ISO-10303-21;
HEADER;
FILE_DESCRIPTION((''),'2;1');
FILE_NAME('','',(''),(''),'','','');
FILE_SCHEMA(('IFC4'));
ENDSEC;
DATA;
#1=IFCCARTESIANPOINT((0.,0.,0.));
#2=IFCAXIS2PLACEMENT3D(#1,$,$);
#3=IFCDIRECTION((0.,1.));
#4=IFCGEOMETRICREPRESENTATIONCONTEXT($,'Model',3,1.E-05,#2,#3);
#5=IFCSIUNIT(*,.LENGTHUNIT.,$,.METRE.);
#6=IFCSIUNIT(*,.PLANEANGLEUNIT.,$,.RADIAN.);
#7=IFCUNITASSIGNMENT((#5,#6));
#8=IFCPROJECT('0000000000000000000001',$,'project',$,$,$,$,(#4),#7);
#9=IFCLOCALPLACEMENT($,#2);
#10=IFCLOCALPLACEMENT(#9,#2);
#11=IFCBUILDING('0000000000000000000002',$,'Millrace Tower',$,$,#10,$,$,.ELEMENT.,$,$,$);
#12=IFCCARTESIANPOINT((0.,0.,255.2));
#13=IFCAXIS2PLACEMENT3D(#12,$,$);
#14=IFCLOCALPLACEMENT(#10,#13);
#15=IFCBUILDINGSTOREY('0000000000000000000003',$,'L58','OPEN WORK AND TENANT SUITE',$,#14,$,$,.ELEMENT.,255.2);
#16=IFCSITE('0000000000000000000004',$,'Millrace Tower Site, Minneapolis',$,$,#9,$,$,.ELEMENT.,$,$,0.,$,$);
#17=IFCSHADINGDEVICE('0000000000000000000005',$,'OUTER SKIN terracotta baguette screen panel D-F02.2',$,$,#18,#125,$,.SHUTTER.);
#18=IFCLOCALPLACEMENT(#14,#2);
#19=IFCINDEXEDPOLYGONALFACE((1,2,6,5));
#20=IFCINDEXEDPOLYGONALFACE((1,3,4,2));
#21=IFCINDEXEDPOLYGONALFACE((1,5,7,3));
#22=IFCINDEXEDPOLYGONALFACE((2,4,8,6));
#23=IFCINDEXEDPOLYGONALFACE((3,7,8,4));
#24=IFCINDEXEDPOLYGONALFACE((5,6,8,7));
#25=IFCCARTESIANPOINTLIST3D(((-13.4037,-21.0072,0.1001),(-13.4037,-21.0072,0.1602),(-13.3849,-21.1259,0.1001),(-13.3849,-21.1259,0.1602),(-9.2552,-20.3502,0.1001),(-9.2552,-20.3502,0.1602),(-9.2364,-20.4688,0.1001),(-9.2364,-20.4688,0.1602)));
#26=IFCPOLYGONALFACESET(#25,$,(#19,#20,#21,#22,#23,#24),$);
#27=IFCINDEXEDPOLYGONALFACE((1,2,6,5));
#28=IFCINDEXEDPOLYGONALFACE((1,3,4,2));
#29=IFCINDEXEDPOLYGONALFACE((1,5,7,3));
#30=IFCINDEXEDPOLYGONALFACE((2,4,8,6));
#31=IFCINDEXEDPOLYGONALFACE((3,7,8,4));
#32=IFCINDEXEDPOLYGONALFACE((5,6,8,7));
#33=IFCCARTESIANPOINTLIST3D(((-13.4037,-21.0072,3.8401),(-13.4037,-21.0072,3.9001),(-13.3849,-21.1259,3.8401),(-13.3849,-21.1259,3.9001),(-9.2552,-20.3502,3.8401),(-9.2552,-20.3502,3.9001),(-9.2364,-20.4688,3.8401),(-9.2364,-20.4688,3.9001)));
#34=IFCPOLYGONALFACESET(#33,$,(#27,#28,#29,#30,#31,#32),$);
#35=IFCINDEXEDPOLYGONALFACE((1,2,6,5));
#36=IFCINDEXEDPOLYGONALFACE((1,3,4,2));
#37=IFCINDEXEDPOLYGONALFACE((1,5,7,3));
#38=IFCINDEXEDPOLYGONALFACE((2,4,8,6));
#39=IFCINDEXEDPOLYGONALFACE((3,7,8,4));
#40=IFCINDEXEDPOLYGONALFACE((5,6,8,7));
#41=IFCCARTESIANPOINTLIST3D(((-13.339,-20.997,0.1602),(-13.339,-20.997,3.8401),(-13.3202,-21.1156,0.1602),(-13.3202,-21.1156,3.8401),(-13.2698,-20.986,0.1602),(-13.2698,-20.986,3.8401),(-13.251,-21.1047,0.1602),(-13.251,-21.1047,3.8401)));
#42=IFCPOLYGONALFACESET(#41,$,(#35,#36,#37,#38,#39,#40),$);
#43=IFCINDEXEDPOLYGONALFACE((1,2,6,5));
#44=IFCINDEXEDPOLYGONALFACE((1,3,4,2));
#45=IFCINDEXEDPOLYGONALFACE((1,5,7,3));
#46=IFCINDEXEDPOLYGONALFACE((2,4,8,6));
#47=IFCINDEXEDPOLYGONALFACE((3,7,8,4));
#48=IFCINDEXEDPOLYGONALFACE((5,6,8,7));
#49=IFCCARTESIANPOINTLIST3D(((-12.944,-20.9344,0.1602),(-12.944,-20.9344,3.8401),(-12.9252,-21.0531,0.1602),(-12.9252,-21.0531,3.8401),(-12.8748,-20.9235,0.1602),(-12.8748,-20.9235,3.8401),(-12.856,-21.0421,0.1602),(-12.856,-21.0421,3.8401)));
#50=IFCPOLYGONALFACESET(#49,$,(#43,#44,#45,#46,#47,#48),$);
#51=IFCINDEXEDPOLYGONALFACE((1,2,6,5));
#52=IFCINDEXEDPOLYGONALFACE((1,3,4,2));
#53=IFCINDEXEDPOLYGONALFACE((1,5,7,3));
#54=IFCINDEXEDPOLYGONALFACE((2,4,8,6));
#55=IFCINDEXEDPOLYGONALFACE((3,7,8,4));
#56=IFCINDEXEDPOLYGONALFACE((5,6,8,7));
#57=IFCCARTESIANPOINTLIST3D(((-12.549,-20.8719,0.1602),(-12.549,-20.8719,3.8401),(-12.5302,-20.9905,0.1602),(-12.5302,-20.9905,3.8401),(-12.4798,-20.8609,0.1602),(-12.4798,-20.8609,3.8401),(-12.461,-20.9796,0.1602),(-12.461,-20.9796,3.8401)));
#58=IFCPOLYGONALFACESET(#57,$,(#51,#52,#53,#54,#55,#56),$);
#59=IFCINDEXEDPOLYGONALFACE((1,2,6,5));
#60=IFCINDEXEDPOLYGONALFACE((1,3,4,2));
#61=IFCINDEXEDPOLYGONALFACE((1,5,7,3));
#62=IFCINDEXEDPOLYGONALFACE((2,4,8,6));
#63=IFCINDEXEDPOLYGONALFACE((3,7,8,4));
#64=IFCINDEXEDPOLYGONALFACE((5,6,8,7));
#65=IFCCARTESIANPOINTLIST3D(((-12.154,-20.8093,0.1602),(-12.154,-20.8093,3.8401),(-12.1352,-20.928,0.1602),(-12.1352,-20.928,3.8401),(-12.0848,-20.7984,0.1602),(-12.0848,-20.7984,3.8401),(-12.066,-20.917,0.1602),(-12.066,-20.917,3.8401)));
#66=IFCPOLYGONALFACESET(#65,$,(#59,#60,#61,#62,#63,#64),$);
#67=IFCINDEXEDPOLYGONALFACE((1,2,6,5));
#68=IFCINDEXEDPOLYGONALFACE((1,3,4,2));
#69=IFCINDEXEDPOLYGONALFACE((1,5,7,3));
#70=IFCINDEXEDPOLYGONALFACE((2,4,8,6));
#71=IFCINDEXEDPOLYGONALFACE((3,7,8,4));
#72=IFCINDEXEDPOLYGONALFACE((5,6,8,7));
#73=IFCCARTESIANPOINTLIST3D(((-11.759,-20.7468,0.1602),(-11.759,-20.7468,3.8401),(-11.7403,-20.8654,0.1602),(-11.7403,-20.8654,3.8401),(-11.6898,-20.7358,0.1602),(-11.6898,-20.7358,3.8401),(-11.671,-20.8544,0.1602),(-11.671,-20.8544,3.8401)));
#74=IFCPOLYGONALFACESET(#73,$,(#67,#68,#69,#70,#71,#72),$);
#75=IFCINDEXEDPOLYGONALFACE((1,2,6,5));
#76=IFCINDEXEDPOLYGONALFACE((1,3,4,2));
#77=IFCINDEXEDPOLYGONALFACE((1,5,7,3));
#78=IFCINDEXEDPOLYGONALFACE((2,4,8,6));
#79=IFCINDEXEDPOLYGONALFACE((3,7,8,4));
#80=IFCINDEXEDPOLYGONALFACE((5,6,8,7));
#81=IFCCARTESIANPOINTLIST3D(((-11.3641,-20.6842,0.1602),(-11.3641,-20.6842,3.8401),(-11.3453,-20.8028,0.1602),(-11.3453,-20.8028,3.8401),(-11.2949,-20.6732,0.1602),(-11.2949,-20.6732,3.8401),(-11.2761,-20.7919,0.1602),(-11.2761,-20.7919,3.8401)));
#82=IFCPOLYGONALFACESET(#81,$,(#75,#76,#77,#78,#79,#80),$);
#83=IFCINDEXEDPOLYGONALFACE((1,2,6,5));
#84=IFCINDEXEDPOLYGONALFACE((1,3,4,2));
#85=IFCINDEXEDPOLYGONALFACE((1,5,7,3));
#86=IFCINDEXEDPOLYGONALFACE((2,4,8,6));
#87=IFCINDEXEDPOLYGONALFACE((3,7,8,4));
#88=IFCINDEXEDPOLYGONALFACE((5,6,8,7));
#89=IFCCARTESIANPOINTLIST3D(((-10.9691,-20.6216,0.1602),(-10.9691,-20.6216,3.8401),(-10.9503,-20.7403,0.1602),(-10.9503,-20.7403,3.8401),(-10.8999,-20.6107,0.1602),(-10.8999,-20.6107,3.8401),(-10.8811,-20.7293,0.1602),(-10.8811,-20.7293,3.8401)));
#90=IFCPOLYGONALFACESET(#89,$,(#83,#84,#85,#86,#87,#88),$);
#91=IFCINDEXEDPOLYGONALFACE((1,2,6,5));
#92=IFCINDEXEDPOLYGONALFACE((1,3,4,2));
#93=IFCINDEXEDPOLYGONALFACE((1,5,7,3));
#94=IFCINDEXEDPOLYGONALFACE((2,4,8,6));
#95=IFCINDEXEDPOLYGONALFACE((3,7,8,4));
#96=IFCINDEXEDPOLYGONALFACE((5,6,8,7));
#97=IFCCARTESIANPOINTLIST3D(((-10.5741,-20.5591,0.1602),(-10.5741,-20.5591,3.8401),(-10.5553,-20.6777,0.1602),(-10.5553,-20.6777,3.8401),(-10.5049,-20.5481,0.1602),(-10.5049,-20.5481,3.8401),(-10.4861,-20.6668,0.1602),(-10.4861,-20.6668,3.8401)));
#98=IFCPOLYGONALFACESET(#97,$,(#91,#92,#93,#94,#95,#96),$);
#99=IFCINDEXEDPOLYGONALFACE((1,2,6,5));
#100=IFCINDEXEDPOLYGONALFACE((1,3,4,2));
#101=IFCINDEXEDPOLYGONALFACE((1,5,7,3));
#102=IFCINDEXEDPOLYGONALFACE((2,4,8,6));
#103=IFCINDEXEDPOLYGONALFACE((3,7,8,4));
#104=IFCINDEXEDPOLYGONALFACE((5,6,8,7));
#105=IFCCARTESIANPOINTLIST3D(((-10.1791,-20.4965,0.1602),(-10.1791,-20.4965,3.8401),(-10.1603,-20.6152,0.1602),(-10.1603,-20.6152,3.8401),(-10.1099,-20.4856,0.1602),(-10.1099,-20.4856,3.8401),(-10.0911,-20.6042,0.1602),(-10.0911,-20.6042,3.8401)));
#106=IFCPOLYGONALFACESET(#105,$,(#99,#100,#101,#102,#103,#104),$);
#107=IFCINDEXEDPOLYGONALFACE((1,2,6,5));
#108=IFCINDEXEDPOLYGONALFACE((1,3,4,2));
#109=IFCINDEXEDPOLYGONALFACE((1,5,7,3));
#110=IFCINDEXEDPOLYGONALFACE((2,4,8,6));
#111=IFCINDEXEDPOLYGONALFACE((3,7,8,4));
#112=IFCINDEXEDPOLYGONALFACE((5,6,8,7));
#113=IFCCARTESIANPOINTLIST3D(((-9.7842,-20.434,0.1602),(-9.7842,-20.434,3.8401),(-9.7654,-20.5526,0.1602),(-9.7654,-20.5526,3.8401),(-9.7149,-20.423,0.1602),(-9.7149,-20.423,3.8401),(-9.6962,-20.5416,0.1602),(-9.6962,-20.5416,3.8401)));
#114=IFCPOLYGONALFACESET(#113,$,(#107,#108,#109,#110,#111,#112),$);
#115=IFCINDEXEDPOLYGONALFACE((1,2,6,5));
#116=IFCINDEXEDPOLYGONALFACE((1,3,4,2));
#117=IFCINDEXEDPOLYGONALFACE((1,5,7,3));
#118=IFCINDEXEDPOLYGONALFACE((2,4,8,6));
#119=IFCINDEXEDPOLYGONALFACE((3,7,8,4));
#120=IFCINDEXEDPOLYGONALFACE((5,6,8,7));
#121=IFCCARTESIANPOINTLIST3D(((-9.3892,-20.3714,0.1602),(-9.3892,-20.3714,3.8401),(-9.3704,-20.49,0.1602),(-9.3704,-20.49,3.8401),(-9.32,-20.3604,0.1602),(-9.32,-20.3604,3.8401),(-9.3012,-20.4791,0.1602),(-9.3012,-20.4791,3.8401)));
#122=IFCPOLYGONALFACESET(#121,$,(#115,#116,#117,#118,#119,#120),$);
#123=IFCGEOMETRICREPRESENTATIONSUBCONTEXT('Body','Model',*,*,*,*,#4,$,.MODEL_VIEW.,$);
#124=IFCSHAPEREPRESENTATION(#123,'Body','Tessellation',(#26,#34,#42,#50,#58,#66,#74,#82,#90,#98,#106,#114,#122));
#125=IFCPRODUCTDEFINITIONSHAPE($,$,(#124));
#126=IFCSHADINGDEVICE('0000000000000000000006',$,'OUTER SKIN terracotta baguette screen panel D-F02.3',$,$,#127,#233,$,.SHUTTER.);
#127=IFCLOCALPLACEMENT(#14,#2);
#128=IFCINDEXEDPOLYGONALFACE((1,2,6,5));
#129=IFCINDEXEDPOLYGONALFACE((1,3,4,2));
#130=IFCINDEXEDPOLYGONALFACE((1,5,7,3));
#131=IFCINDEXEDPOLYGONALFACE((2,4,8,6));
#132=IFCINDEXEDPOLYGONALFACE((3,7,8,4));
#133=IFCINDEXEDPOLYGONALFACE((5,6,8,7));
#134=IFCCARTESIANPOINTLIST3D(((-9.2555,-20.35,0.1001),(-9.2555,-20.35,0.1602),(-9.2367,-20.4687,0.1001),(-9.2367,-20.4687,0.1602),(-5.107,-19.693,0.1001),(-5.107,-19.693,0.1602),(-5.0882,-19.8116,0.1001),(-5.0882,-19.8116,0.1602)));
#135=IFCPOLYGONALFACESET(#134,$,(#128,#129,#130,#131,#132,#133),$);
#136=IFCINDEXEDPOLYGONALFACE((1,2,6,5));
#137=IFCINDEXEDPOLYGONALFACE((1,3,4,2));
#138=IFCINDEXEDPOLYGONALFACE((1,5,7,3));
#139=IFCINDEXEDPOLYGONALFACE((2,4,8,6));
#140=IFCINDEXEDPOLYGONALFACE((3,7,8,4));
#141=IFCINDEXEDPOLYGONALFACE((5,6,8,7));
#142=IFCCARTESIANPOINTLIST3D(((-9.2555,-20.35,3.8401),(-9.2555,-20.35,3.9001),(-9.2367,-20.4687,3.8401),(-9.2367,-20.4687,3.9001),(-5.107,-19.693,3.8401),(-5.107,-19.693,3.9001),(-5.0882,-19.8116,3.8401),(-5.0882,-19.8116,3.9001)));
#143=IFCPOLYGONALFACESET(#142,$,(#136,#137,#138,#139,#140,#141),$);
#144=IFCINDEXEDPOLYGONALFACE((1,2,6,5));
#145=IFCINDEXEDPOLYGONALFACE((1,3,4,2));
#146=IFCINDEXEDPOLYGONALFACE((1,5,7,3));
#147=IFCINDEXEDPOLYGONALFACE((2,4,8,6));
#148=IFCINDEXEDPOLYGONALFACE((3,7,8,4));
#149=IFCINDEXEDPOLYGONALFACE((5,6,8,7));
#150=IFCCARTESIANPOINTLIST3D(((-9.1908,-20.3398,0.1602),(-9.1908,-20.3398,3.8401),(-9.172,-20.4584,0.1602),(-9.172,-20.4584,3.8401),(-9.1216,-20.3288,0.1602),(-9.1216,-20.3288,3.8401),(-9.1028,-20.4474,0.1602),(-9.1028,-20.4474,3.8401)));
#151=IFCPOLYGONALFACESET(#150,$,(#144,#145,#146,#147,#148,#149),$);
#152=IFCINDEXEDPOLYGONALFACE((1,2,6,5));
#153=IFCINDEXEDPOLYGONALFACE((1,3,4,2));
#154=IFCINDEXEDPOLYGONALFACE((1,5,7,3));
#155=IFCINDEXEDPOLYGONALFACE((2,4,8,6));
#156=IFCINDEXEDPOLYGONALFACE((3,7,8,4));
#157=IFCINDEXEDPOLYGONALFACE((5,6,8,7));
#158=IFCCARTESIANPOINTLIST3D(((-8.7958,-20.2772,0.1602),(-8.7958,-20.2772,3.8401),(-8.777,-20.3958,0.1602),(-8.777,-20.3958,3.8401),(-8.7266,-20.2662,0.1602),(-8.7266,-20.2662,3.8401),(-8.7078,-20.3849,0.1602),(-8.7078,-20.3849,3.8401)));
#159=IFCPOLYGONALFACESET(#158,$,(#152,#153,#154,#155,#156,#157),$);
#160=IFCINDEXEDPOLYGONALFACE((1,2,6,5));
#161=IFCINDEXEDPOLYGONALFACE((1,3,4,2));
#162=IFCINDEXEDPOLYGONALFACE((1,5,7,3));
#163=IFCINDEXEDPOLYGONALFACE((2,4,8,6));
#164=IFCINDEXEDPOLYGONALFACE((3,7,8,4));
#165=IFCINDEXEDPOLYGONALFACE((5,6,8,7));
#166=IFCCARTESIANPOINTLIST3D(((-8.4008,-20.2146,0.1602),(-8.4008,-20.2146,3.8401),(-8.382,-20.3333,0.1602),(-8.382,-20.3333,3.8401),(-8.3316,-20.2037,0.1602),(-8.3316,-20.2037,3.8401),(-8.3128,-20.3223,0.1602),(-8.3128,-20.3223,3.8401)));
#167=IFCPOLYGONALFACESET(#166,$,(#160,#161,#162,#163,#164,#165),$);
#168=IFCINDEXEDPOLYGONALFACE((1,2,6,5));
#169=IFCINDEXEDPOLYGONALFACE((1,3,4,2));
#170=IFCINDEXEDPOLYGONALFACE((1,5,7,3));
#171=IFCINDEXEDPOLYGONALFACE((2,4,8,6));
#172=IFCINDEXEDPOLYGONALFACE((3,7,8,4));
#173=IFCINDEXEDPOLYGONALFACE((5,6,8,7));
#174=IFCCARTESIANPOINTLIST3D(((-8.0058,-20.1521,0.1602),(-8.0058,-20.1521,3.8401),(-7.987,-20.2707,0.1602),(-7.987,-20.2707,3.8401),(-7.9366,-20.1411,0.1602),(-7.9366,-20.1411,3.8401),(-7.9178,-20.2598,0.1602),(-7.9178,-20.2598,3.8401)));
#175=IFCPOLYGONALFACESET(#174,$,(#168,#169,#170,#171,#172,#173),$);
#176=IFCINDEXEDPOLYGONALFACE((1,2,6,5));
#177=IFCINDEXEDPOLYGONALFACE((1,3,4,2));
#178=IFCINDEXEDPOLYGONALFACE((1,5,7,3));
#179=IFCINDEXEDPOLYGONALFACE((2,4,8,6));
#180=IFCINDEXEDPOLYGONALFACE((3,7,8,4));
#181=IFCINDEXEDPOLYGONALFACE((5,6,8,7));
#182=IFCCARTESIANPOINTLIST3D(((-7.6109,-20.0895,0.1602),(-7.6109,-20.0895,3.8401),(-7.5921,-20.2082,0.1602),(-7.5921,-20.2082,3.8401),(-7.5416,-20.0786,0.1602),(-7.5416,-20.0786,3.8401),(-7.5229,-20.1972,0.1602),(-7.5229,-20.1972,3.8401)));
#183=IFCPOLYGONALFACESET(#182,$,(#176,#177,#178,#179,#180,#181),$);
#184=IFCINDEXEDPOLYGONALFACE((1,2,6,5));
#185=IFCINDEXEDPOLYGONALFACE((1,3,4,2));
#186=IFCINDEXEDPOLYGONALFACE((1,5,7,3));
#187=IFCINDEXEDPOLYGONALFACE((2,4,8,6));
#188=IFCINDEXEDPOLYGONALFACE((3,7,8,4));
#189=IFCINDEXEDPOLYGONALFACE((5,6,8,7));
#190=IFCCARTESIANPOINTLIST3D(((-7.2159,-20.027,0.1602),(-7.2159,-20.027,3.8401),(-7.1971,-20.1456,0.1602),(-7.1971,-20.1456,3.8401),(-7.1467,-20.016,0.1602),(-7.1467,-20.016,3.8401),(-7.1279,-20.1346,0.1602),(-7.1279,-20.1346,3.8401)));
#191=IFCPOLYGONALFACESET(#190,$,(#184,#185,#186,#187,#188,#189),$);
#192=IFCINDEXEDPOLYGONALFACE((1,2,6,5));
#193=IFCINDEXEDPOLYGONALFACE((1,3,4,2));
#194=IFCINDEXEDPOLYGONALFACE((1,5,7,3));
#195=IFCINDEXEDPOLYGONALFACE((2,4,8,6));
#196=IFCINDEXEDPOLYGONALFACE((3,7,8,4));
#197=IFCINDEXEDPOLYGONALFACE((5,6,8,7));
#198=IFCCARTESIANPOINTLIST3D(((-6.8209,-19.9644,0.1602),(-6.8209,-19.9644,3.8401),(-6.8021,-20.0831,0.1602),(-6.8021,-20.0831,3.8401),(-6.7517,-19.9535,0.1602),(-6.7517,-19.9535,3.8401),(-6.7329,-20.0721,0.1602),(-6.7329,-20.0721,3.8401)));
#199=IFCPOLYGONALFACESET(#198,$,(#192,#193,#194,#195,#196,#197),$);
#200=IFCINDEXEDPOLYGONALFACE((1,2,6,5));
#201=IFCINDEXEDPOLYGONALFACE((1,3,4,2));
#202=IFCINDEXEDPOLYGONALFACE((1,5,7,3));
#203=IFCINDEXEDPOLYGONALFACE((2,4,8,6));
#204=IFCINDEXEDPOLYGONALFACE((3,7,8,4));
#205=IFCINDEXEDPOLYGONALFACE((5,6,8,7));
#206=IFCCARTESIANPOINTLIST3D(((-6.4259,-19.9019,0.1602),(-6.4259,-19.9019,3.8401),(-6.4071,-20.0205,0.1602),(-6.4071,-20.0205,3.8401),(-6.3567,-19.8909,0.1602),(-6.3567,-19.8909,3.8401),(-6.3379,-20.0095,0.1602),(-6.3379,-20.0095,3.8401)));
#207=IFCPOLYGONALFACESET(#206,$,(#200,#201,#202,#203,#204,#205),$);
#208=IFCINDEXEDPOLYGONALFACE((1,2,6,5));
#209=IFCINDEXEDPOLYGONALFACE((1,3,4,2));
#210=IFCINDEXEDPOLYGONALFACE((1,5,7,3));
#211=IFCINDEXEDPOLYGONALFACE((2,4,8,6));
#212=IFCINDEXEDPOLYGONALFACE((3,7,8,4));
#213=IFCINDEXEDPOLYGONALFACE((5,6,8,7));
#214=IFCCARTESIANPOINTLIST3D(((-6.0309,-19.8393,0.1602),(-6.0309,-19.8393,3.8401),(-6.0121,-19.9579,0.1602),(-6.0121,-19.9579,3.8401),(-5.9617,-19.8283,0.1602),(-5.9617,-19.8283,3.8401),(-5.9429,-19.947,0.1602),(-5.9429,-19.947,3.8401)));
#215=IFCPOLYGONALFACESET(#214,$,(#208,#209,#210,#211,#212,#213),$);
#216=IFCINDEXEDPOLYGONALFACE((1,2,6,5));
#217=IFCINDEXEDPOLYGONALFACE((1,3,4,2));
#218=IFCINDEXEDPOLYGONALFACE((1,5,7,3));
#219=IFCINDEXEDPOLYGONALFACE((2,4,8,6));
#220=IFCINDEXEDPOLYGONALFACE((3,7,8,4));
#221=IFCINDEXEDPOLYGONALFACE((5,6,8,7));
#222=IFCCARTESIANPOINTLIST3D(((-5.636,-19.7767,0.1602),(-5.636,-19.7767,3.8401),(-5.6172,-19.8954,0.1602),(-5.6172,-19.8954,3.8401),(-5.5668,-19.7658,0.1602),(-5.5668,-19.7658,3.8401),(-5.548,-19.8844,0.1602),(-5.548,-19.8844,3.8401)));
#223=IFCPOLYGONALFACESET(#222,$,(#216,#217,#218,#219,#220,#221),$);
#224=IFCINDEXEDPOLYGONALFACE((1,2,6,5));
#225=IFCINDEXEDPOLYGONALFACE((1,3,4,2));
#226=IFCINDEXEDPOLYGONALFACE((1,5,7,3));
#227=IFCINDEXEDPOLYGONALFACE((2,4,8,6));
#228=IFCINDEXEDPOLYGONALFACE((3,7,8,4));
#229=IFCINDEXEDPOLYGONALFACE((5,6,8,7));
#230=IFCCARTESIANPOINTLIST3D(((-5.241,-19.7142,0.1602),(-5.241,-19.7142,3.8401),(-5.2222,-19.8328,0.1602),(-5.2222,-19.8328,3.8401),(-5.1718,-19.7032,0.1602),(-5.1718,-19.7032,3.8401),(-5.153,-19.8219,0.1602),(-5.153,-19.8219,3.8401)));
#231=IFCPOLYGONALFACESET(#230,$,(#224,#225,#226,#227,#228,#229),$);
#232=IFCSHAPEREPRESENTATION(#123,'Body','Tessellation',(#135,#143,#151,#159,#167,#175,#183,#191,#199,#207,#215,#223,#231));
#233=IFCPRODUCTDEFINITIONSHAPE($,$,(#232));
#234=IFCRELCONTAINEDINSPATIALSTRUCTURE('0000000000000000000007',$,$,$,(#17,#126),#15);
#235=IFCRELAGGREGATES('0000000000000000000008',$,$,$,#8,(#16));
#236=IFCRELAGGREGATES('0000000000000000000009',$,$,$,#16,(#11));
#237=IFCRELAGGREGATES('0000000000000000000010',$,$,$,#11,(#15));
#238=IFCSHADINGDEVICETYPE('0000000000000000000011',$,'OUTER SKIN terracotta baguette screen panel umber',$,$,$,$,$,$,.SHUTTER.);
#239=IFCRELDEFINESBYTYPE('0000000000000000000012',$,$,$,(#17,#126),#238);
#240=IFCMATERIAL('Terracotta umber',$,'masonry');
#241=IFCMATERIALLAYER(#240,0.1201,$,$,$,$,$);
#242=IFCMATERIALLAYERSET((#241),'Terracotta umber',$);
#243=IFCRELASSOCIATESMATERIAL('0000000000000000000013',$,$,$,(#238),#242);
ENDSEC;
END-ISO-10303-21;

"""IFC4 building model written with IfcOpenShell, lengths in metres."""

from ifc_helpers import new_model, entity, si_unit, direction, frame, frame_2d, origin, origin_2d, place, context, subcontext, project, spatial, rectangle, extrude, source, transform, mapped, material, layer, layer_set, type_object, element, save


model = new_model("IFC4")

# Units and contexts
model_context = context("Model", 3, precision=1e-05, world=origin(), true_north=direction((0.0, 1.0)))
body_context = subcontext(model_context, "Body", "Model", "MODEL_VIEW")
ifc_project = project(units=[si_unit("LENGTHUNIT", "METRE"), si_unit("PLANEANGLEUNIT", "RADIAN")], contexts=[model_context])

# Site, building, storey
site_placement = place(None, origin())
site = spatial("IfcSite", under=ifc_project, at=site_placement, Name="Millrace Tower Site, Minneapolis", CompositionType="ELEMENT", RefElevation=0.0)
building_placement = place(site_placement, origin())
building = spatial("IfcBuilding", under=site, at=building_placement, Name="Millrace Tower", CompositionType="ELEMENT")
storey_placement = place(building_placement, frame((0.0, 0.0, 255.2)))
storey = spatial("IfcBuildingStorey", under=building, at=storey_placement, Name="L58", Description="OPEN WORK AND TENANT SUITE", CompositionType="ELEMENT", Elevation=255.2)

# Shading devices
ifc_material_1 = material(Name="Terracotta umber", Category="masonry")
ifc_layer_1 = layer(ifc_material_1, 0.1201)
ifc_layer_set_1 = layer_set([ifc_layer_1], Name="Terracotta umber")
shading_device_type = type_object("IfcShadingDeviceType", Name="OUTER SKIN terracotta baguette screen panel umber", PredefinedType="SHUTTER", material=ifc_layer_set_1)
cartesian_point = entity("IfcCartesianPoint", [-2.1001, 0.0601])
shared_polyline = entity("IfcPolyline", [cartesian_point, entity("IfcCartesianPoint", [2.1001, 0.0601]), entity("IfcCartesianPoint", [2.1001, -0.0601]), entity("IfcCartesianPoint", [-2.1001, -0.0601]), cartesian_point])
shared_shape = source(origin(), body_context, "Body", "SweptSolid", [
    entity("IfcExtrudedAreaSolid", entity("IfcArbitraryClosedProfileDef", "AREA", None, shared_polyline), entity("IfcAxis2Placement3D", entity("IfcCartesianPoint", [0.0, 0.0, 0.0])), entity("IfcDirection", [0.0, 0.0, 1.0]), 0.0601),
    entity("IfcExtrudedAreaSolid", entity("IfcArbitraryClosedProfileDef", "AREA", None, shared_polyline), entity("IfcAxis2Placement3D", entity("IfcCartesianPoint", [0.0, 0.0, 3.74])), entity("IfcDirection", [0.0, 0.0, 1.0]), 0.0601),
    extrude(rectangle(XDim=0.0701, YDim=0.1201, at=frame_2d((-1.9995, 0.0))), frame((0.0, 0.0, 0.0601)), (0.0, 0.0, 1.0), 3.6799),
    extrude(rectangle(XDim=0.0701, YDim=0.1201, at=frame_2d((-1.5996, 0.0))), frame((0.0, 0.0, 0.0601)), (0.0, 0.0, 1.0), 3.6799),
    extrude(rectangle(XDim=0.0701, YDim=0.1201, at=frame_2d((-1.1997, 0.0))), frame((0.0, 0.0, 0.0601)), (0.0, 0.0, 1.0), 3.6799),
    extrude(rectangle(XDim=0.0701, YDim=0.1201, at=frame_2d((-0.7998, 0.0))), frame((0.0, 0.0, 0.0601)), (0.0, 0.0, 1.0), 3.6799),
    extrude(rectangle(XDim=0.0701, YDim=0.1201, at=frame_2d((-0.3999, 0.0))), frame((0.0, 0.0, 0.0601)), (0.0, 0.0, 1.0), 3.6799),
    extrude(rectangle(XDim=0.0701, YDim=0.1201, at=origin_2d()), frame((0.0, 0.0, 0.0601)), (0.0, 0.0, 1.0), 3.6799),
    extrude(rectangle(XDim=0.0701, YDim=0.1201, at=frame_2d((0.3999, 0.0))), frame((0.0, 0.0, 0.0601)), (0.0, 0.0, 1.0), 3.6799),
    extrude(rectangle(XDim=0.0701, YDim=0.1201, at=frame_2d((0.7998, 0.0))), frame((0.0, 0.0, 0.0601)), (0.0, 0.0, 1.0), 3.6799),
    extrude(rectangle(XDim=0.0701, YDim=0.1201, at=frame_2d((1.1997, 0.0))), frame((0.0, 0.0, 0.0601)), (0.0, 0.0, 1.0), 3.6799),
    extrude(rectangle(XDim=0.0701, YDim=0.1201, at=frame_2d((1.5996, 0.0))), frame((0.0, 0.0, 0.0601)), (0.0, 0.0, 1.0), 3.6799),
    extrude(rectangle(XDim=0.0701, YDim=0.1201, at=frame_2d((1.9995, 0.0))), frame((0.0, 0.0, 0.0601)), (0.0, 0.0, 1.0), 3.6799),
])
for number, where, z_axis, x_axis, name in (
    (1, (-11.3201, -20.738, 0.1001), (0.0, 0.0, 1.0), (0.987688, 0.156434, 0.0), "OUTER SKIN terracotta baguette screen panel D-F02.2"),
    (2, (-7.1719, -20.0808, 0.1001), (0.0, 0.0, 1.0), (0.987688, 0.156434, 0.0), "OUTER SKIN terracotta baguette screen panel D-F02.3"),
):
    element("IfcShadingDevice", number, at=place(storey_placement, frame(where, z_axis=z_axis, x_axis=x_axis)), inside=storey, type_object=shading_device_type, Name=name, PredefinedType="SHUTTER", context=body_context, shape_type="MappedRepresentation", body=[
        mapped(shared_shape, transform((0.0, 0.0, 0.0), scale=1.0)),
    ])

save(model, "model.ifc")
